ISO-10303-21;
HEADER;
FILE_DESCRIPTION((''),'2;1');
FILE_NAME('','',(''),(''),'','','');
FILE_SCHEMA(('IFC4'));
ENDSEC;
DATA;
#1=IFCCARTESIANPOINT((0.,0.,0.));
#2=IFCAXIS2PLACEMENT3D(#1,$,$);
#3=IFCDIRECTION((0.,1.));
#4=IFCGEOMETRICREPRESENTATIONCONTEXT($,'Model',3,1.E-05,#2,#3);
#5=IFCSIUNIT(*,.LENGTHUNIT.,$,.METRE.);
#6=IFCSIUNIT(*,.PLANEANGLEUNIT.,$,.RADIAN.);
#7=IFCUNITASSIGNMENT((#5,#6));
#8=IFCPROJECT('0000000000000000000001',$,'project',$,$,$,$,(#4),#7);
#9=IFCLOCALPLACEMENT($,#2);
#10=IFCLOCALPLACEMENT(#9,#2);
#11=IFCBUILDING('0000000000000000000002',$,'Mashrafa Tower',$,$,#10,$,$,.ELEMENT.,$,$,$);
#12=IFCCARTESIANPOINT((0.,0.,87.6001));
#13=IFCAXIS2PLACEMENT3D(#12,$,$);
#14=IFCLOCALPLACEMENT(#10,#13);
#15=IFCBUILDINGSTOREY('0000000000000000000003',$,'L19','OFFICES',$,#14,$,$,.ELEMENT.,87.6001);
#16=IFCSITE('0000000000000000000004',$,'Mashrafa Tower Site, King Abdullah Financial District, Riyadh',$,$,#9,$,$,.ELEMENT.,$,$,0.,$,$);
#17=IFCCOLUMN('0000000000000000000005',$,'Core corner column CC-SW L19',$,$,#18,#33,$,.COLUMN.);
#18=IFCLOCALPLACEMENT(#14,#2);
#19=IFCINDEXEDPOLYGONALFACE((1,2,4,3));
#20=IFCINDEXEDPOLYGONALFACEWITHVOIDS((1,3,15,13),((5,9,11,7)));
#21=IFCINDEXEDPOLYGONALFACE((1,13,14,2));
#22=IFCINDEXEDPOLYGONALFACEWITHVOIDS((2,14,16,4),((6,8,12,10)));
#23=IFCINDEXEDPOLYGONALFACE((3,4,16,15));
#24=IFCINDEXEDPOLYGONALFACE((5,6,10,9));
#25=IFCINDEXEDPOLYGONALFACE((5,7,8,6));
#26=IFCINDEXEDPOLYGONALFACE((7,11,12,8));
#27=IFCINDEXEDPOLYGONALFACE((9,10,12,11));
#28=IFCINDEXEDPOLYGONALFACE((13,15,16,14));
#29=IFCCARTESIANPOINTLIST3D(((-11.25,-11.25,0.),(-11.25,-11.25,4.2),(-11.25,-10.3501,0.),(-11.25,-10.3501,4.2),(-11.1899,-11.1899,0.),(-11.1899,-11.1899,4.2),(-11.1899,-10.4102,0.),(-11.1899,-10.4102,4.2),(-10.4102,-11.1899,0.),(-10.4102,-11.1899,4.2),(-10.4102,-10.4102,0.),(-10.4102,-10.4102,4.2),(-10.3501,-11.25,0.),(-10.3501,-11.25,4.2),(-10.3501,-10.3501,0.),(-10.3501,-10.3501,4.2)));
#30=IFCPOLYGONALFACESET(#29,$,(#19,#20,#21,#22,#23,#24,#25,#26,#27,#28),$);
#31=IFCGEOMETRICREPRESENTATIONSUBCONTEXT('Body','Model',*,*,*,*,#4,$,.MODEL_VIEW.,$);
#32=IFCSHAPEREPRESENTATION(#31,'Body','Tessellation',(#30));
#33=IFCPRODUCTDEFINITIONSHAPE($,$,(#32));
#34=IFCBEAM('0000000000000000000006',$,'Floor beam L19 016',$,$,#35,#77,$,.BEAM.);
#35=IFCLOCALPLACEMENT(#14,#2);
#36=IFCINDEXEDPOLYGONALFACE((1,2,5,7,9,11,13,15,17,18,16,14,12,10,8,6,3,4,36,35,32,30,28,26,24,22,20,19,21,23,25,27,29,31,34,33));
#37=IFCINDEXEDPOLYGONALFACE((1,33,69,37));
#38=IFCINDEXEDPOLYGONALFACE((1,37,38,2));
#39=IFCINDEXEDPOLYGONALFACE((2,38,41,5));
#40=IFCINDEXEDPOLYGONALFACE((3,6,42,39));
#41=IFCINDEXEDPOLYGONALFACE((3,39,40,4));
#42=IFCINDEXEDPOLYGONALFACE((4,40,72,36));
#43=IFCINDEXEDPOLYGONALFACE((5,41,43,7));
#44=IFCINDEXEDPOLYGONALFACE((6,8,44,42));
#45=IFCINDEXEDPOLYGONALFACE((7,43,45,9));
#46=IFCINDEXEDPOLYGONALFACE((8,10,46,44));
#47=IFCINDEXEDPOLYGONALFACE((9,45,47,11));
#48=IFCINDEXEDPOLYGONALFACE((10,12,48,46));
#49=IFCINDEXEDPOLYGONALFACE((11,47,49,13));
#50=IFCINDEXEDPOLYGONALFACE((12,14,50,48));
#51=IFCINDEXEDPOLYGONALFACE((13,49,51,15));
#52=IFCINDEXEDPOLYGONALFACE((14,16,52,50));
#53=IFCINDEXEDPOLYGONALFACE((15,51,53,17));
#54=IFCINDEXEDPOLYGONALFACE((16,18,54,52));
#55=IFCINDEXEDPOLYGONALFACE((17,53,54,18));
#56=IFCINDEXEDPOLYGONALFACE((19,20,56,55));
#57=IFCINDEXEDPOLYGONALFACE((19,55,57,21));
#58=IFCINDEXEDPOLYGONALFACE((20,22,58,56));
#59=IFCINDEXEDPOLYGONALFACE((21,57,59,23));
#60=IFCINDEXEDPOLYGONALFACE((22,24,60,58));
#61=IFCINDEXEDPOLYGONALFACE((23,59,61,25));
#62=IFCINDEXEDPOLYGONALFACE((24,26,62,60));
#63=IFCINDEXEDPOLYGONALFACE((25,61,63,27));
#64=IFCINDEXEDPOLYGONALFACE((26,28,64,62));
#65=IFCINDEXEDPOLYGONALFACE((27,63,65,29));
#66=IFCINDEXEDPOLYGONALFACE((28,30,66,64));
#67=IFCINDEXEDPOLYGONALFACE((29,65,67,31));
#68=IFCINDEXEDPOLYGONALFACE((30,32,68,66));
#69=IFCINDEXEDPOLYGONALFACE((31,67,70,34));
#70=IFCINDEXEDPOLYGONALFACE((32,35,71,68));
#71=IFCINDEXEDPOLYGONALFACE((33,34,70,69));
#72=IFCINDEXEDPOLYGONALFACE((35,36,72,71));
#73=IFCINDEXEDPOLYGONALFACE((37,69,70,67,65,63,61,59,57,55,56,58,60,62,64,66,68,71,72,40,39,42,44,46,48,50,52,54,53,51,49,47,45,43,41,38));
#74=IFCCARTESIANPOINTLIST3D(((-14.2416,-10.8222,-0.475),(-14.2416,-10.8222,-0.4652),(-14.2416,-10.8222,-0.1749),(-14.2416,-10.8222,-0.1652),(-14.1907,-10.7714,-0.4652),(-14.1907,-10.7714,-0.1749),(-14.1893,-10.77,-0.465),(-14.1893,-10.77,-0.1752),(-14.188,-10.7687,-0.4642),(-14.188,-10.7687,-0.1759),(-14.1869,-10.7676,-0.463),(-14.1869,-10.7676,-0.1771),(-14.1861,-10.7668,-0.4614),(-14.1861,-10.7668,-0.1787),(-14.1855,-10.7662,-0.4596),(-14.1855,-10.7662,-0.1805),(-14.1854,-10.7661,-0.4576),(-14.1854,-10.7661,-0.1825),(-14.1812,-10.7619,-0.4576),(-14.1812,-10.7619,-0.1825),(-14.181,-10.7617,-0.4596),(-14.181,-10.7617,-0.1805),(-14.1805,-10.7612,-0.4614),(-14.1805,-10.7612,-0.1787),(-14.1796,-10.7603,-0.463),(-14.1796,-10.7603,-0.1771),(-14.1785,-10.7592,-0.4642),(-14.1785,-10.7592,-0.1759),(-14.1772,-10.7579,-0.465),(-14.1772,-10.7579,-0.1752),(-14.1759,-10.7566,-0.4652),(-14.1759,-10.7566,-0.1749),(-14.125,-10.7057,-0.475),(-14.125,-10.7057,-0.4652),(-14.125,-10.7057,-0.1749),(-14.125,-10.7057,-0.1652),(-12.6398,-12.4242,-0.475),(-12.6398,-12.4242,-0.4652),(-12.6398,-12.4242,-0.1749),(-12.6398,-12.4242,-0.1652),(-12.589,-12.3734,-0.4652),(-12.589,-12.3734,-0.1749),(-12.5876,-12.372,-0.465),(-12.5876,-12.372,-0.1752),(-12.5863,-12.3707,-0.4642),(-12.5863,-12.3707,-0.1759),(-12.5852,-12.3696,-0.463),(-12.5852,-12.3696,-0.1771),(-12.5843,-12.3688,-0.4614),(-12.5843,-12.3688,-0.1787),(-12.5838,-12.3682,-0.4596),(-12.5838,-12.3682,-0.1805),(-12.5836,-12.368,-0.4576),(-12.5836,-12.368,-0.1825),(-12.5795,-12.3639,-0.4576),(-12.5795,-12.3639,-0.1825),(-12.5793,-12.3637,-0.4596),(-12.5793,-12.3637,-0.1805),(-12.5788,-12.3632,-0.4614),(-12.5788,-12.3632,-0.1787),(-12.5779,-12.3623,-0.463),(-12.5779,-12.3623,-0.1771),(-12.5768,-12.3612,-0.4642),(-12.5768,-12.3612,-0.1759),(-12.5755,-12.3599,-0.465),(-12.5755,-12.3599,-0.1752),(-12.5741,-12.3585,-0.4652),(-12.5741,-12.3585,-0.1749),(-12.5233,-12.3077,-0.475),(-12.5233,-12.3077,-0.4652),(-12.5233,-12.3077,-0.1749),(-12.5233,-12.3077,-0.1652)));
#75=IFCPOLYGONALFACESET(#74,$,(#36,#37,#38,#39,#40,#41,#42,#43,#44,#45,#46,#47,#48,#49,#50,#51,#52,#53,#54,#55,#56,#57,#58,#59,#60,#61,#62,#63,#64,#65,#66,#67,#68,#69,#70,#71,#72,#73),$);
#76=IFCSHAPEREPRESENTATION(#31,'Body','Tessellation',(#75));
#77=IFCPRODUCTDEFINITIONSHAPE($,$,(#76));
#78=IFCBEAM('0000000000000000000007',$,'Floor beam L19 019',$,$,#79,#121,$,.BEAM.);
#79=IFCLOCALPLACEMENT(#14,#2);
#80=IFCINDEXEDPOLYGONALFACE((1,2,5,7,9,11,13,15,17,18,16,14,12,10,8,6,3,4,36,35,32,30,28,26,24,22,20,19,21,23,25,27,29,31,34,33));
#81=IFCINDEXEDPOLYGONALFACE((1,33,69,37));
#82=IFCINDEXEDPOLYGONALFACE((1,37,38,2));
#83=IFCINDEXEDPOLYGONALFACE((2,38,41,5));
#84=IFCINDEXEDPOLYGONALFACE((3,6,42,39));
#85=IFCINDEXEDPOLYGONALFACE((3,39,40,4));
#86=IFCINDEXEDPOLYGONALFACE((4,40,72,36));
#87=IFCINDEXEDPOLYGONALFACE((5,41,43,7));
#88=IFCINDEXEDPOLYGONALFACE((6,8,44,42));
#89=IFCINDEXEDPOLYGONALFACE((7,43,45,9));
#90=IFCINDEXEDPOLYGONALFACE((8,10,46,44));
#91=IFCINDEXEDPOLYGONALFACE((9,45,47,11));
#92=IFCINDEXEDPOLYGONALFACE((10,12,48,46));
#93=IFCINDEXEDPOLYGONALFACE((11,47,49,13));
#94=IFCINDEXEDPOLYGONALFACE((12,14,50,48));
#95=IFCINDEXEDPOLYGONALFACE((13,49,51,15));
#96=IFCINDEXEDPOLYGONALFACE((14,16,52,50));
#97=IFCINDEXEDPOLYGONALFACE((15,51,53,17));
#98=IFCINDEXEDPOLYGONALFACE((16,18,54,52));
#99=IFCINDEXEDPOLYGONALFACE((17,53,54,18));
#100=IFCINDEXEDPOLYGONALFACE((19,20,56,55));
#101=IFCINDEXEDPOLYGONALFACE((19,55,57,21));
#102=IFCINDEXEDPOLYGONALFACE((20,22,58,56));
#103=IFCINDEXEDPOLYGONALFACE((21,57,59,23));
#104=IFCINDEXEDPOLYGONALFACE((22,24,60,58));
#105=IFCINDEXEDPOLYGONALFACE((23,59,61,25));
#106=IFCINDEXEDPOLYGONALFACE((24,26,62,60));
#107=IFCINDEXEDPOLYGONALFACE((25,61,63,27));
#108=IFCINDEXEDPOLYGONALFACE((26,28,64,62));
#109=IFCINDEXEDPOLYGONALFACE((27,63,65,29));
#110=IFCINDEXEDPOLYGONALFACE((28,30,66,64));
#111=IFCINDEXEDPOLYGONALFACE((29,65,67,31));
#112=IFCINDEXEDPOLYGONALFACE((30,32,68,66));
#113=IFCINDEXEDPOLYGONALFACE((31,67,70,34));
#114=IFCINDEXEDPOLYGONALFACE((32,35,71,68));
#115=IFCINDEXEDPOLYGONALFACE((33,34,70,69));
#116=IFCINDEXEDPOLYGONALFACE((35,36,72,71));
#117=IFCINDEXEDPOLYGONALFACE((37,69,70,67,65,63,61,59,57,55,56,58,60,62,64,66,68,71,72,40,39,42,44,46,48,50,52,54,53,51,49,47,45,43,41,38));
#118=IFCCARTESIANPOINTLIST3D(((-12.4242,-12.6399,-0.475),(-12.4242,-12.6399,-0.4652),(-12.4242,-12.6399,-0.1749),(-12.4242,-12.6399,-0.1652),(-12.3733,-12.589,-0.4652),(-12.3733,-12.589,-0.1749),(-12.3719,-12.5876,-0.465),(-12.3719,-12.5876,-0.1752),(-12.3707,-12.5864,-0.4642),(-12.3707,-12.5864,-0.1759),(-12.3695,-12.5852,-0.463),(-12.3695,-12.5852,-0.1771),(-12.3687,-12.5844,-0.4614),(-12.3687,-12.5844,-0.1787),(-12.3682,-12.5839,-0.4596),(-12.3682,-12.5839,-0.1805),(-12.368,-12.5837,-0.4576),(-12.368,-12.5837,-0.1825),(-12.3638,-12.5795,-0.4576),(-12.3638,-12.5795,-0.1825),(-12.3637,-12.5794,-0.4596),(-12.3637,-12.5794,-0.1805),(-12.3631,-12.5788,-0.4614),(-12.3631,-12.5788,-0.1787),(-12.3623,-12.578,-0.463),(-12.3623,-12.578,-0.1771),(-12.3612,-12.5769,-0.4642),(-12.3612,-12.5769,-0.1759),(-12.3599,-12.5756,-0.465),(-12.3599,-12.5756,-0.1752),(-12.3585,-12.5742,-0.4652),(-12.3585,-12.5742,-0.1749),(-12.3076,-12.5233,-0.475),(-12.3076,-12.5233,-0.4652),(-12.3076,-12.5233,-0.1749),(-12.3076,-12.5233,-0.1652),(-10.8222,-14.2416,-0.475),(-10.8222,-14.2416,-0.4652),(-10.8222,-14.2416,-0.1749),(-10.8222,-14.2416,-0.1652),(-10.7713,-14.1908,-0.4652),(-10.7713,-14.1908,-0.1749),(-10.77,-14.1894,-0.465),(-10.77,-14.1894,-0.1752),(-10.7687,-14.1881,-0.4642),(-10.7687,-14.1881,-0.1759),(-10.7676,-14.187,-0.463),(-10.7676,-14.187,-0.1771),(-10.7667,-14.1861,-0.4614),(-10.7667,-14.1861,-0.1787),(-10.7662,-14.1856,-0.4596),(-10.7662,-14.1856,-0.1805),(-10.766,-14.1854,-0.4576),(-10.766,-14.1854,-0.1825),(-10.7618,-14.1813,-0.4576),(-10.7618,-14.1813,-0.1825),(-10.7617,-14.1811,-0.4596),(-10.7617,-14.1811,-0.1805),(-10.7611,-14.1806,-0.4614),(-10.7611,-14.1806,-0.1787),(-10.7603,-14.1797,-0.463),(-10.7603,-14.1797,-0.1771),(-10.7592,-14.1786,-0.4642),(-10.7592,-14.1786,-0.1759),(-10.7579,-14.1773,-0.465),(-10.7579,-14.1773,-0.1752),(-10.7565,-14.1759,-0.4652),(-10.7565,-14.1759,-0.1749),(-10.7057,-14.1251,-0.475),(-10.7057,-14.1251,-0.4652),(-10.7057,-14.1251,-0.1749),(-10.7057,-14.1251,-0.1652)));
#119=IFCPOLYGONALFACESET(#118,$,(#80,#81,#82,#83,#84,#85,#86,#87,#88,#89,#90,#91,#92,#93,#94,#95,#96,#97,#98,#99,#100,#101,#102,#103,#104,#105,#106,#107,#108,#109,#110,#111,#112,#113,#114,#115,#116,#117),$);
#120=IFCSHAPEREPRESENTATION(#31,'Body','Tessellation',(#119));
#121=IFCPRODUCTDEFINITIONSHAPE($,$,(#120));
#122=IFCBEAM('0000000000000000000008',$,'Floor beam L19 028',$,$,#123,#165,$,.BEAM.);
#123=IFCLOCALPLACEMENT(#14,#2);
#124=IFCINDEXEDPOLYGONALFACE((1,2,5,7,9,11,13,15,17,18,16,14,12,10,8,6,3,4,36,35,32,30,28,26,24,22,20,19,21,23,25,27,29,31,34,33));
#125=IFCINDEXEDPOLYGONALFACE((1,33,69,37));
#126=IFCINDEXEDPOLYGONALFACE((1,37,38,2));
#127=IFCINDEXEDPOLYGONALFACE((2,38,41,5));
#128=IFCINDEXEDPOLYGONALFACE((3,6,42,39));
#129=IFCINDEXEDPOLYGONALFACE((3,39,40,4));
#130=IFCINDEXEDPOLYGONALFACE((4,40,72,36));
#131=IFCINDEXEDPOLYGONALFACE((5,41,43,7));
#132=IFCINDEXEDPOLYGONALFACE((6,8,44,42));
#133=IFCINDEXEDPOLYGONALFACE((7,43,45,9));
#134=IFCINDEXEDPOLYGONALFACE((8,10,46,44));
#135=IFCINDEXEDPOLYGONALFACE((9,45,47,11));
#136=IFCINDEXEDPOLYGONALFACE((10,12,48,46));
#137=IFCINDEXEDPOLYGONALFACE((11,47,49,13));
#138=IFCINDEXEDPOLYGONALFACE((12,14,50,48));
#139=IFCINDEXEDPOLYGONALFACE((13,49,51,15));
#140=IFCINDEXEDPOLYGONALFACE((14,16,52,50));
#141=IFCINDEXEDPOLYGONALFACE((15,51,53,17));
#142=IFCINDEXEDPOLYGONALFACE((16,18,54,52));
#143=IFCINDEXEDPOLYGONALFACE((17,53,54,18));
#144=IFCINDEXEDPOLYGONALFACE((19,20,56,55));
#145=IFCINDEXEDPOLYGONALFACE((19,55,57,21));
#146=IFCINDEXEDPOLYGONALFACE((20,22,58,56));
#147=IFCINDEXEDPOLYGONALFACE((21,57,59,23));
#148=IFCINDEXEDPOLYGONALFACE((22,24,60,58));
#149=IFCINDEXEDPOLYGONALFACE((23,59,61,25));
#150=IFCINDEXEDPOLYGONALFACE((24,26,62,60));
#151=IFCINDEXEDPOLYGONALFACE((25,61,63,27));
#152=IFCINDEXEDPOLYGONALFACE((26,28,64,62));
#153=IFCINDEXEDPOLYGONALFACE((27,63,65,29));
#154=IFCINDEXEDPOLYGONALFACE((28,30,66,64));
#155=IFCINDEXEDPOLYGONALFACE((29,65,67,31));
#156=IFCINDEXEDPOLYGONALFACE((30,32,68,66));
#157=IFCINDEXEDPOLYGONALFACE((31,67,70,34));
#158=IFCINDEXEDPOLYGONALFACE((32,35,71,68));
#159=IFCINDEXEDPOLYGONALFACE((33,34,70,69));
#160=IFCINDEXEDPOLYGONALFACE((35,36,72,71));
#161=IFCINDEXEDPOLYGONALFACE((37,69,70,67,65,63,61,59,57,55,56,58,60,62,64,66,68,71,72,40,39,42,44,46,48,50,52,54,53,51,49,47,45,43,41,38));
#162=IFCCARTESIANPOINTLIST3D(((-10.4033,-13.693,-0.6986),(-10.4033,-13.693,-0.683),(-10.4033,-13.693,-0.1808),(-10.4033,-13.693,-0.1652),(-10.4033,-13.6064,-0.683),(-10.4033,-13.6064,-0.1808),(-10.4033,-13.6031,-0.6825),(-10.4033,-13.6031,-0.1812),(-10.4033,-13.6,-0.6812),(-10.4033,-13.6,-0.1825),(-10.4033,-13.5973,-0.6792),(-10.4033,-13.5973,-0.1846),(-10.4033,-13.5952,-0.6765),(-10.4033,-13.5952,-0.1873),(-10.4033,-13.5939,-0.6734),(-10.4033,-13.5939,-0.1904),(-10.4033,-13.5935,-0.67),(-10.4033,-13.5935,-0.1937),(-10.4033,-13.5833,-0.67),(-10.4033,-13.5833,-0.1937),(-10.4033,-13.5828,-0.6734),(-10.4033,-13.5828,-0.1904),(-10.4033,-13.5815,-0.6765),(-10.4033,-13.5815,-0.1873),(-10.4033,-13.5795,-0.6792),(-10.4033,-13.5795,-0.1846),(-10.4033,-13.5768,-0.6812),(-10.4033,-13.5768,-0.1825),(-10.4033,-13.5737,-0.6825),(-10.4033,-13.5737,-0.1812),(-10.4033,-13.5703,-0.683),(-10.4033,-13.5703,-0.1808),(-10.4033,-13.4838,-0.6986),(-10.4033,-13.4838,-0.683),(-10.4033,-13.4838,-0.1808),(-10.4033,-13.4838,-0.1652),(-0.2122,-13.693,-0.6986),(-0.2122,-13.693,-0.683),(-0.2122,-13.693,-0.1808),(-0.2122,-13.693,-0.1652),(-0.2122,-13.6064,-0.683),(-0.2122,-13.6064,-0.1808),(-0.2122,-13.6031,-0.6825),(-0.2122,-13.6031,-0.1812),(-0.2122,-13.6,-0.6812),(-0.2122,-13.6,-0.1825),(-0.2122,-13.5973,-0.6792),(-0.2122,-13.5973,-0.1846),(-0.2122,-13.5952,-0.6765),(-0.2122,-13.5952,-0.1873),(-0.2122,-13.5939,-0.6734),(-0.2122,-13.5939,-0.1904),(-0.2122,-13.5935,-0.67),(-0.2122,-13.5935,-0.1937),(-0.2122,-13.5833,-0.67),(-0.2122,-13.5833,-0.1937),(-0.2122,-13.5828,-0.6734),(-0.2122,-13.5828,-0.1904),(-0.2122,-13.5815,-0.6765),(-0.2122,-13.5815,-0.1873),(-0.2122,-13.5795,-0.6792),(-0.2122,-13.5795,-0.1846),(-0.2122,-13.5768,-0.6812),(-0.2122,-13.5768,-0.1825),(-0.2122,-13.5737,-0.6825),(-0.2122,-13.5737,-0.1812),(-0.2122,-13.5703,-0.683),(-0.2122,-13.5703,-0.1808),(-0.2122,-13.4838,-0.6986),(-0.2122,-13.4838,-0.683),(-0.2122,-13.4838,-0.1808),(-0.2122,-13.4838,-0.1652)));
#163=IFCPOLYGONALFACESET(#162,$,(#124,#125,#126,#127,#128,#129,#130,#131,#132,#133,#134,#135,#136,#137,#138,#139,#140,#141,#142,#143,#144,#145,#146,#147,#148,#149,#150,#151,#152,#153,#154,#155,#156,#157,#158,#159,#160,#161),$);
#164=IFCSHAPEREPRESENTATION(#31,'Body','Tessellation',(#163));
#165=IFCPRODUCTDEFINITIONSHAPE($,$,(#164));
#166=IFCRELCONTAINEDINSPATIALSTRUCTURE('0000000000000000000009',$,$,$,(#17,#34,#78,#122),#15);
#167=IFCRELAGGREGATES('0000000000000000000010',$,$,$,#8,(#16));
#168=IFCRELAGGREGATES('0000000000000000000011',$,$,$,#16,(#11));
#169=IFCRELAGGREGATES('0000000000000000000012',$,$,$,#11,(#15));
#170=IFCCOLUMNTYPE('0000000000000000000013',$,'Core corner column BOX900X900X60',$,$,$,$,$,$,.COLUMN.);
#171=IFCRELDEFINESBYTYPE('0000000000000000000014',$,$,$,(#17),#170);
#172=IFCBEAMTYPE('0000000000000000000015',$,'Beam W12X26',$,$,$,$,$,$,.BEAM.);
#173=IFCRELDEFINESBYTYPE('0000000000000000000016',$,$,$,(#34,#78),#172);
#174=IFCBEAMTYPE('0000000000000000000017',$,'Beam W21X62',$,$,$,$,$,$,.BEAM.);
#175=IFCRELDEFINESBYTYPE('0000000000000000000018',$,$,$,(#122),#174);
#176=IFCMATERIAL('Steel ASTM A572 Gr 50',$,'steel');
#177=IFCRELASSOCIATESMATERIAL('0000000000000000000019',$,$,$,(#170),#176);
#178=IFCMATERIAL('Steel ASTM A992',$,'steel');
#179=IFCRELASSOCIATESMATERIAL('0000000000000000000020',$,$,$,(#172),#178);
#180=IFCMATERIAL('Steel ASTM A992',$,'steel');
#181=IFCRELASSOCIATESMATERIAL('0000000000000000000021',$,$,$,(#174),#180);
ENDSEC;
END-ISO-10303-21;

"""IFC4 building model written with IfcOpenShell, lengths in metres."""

from ifc_helpers import new_model, si_unit, direction, frame, origin, origin_2d, place, context, subcontext, project, spatial, hollow_rectangle, i_section, extrude, material, material_profile, profile_set, type_object, element, save


model = new_model("IFC4")

# Units and contexts
model_context = context("Model", 3, precision=1e-05, world=origin(), true_north=direction((0.0, 1.0)))
body_context = subcontext(model_context, "Body", "Model", "MODEL_VIEW")
ifc_project = project(units=[si_unit("LENGTHUNIT", "METRE"), si_unit("PLANEANGLEUNIT", "RADIAN")], contexts=[model_context])

# Site, building, storey
site_placement = place(None, origin())
site = spatial("IfcSite", under=ifc_project, at=site_placement, Name="Mashrafa Tower Site, King Abdullah Financial District, Riyadh", CompositionType="ELEMENT", RefElevation=0.0)
building_placement = place(site_placement, origin())
building = spatial("IfcBuilding", under=site, at=building_placement, Name="Mashrafa Tower", CompositionType="ELEMENT")
storey_placement = place(building_placement, frame((0.0, 0.0, 87.6001)))
storey = spatial("IfcBuildingStorey", under=building, at=storey_placement, Name="L19", Description="OFFICES", CompositionType="ELEMENT", Elevation=87.6001)

# Column
ifc_material_1 = material(Name="Steel ASTM A572 Gr 50", Category="steel")
ifc_material_profile_1 = material_profile(ifc_material_1, hollow_rectangle(XDim=0.8999, YDim=0.8999, WallThickness=0.0601, at=origin_2d()), Name="BOX900X900X60")
ifc_profile_set_1 = profile_set([ifc_material_profile_1], Name="Steel ASTM A572 Gr 50")
column_type = type_object("IfcColumnType", Name="Core corner column BOX900X900X60", PredefinedType="COLUMN", material=ifc_profile_set_1)
column_placement = place(storey_placement, frame((-10.8, -10.8, 0.0), z_axis=(0.0, 0.0, 1.0), x_axis=(1.0, 0.0, 0.0)))
element("IfcColumn", 1, at=column_placement, inside=storey, type_object=column_type, Name="Core corner column CC-SW L19", PredefinedType="COLUMN", context=body_context, shape_type="SweptSolid", body=[
    extrude(hollow_rectangle(XDim=0.8999, YDim=0.8999, WallThickness=0.0601, at=origin_2d()), origin(), (0.0, 0.0, 1.0), 4.2),
])

# Beams
ifc_material_2 = material(Name="Steel ASTM A992", Category="steel")
ifc_material_profile_2 = material_profile(ifc_material_2, i_section(OverallWidth=0.1648, OverallDepth=0.3098, WebThickness=0.0059, FlangeThickness=0.0098, FilletRadius=0.0076, at=origin_2d()), Name="W12X26")
ifc_profile_set_2 = profile_set([ifc_material_profile_2], Name="Steel ASTM A992")
beam_type_1 = type_object("IfcBeamType", Name="Beam W12X26", PredefinedType="BEAM", material=ifc_profile_set_2)
for number, where, z_axis, x_axis, name in (
    (2, (-12.5815, -12.366, -0.3201), (-0.707053, 0.707161, 0.0), (-0.707161, -0.707053, 0.0), "Floor beam L19 016"),
    (3, (-10.7639, -14.1833, -0.3201), (-0.707161, 0.707053, 0.0), (-0.707053, -0.707161, 0.0), "Floor beam L19 019"),
):
    element("IfcBeam", number, at=place(storey_placement, frame(where, z_axis=z_axis, x_axis=x_axis)), inside=storey, type_object=beam_type_1, Name=name, PredefinedType="BEAM", context=body_context, shape_type="SweptSolid", body=[
        extrude(i_section(OverallWidth=0.1648, OverallDepth=0.3098, WebThickness=0.0059, FlangeThickness=0.0098, FilletRadius=0.0076, at=origin_2d()), origin(), (0.0, 0.0, 1.0), 2.2654),
    ])
ifc_material_3 = material(Name="Steel ASTM A992", Category="steel")
ifc_material_profile_3 = material_profile(ifc_material_3, i_section(OverallWidth=0.2092, OverallDepth=0.5334, WebThickness=0.0103, FlangeThickness=0.0156, FilletRadius=0.0129, at=origin_2d()), Name="W21X62")
ifc_profile_set_3 = profile_set([ifc_material_profile_3], Name="Steel ASTM A992")
beam_type_2 = type_object("IfcBeamType", Name="Beam W21X62", PredefinedType="BEAM", material=ifc_profile_set_3)
beam_1_placement = place(storey_placement, frame((-0.2122, -13.5884, -0.4319), z_axis=(-1.0, 0.0, 0.0), x_axis=(0.0, -1.0, 0.0)))
element("IfcBeam", 4, at=beam_1_placement, inside=storey, type_object=beam_type_2, Name="Floor beam L19 028", PredefinedType="BEAM", context=body_context, shape_type="SweptSolid", body=[
    extrude(i_section(OverallWidth=0.2092, OverallDepth=0.5334, WebThickness=0.0103, FlangeThickness=0.0156, FilletRadius=0.0129, at=origin_2d()), origin(), (0.0, 0.0, 1.0), 10.1912),
])

save(model, "model.ifc")
